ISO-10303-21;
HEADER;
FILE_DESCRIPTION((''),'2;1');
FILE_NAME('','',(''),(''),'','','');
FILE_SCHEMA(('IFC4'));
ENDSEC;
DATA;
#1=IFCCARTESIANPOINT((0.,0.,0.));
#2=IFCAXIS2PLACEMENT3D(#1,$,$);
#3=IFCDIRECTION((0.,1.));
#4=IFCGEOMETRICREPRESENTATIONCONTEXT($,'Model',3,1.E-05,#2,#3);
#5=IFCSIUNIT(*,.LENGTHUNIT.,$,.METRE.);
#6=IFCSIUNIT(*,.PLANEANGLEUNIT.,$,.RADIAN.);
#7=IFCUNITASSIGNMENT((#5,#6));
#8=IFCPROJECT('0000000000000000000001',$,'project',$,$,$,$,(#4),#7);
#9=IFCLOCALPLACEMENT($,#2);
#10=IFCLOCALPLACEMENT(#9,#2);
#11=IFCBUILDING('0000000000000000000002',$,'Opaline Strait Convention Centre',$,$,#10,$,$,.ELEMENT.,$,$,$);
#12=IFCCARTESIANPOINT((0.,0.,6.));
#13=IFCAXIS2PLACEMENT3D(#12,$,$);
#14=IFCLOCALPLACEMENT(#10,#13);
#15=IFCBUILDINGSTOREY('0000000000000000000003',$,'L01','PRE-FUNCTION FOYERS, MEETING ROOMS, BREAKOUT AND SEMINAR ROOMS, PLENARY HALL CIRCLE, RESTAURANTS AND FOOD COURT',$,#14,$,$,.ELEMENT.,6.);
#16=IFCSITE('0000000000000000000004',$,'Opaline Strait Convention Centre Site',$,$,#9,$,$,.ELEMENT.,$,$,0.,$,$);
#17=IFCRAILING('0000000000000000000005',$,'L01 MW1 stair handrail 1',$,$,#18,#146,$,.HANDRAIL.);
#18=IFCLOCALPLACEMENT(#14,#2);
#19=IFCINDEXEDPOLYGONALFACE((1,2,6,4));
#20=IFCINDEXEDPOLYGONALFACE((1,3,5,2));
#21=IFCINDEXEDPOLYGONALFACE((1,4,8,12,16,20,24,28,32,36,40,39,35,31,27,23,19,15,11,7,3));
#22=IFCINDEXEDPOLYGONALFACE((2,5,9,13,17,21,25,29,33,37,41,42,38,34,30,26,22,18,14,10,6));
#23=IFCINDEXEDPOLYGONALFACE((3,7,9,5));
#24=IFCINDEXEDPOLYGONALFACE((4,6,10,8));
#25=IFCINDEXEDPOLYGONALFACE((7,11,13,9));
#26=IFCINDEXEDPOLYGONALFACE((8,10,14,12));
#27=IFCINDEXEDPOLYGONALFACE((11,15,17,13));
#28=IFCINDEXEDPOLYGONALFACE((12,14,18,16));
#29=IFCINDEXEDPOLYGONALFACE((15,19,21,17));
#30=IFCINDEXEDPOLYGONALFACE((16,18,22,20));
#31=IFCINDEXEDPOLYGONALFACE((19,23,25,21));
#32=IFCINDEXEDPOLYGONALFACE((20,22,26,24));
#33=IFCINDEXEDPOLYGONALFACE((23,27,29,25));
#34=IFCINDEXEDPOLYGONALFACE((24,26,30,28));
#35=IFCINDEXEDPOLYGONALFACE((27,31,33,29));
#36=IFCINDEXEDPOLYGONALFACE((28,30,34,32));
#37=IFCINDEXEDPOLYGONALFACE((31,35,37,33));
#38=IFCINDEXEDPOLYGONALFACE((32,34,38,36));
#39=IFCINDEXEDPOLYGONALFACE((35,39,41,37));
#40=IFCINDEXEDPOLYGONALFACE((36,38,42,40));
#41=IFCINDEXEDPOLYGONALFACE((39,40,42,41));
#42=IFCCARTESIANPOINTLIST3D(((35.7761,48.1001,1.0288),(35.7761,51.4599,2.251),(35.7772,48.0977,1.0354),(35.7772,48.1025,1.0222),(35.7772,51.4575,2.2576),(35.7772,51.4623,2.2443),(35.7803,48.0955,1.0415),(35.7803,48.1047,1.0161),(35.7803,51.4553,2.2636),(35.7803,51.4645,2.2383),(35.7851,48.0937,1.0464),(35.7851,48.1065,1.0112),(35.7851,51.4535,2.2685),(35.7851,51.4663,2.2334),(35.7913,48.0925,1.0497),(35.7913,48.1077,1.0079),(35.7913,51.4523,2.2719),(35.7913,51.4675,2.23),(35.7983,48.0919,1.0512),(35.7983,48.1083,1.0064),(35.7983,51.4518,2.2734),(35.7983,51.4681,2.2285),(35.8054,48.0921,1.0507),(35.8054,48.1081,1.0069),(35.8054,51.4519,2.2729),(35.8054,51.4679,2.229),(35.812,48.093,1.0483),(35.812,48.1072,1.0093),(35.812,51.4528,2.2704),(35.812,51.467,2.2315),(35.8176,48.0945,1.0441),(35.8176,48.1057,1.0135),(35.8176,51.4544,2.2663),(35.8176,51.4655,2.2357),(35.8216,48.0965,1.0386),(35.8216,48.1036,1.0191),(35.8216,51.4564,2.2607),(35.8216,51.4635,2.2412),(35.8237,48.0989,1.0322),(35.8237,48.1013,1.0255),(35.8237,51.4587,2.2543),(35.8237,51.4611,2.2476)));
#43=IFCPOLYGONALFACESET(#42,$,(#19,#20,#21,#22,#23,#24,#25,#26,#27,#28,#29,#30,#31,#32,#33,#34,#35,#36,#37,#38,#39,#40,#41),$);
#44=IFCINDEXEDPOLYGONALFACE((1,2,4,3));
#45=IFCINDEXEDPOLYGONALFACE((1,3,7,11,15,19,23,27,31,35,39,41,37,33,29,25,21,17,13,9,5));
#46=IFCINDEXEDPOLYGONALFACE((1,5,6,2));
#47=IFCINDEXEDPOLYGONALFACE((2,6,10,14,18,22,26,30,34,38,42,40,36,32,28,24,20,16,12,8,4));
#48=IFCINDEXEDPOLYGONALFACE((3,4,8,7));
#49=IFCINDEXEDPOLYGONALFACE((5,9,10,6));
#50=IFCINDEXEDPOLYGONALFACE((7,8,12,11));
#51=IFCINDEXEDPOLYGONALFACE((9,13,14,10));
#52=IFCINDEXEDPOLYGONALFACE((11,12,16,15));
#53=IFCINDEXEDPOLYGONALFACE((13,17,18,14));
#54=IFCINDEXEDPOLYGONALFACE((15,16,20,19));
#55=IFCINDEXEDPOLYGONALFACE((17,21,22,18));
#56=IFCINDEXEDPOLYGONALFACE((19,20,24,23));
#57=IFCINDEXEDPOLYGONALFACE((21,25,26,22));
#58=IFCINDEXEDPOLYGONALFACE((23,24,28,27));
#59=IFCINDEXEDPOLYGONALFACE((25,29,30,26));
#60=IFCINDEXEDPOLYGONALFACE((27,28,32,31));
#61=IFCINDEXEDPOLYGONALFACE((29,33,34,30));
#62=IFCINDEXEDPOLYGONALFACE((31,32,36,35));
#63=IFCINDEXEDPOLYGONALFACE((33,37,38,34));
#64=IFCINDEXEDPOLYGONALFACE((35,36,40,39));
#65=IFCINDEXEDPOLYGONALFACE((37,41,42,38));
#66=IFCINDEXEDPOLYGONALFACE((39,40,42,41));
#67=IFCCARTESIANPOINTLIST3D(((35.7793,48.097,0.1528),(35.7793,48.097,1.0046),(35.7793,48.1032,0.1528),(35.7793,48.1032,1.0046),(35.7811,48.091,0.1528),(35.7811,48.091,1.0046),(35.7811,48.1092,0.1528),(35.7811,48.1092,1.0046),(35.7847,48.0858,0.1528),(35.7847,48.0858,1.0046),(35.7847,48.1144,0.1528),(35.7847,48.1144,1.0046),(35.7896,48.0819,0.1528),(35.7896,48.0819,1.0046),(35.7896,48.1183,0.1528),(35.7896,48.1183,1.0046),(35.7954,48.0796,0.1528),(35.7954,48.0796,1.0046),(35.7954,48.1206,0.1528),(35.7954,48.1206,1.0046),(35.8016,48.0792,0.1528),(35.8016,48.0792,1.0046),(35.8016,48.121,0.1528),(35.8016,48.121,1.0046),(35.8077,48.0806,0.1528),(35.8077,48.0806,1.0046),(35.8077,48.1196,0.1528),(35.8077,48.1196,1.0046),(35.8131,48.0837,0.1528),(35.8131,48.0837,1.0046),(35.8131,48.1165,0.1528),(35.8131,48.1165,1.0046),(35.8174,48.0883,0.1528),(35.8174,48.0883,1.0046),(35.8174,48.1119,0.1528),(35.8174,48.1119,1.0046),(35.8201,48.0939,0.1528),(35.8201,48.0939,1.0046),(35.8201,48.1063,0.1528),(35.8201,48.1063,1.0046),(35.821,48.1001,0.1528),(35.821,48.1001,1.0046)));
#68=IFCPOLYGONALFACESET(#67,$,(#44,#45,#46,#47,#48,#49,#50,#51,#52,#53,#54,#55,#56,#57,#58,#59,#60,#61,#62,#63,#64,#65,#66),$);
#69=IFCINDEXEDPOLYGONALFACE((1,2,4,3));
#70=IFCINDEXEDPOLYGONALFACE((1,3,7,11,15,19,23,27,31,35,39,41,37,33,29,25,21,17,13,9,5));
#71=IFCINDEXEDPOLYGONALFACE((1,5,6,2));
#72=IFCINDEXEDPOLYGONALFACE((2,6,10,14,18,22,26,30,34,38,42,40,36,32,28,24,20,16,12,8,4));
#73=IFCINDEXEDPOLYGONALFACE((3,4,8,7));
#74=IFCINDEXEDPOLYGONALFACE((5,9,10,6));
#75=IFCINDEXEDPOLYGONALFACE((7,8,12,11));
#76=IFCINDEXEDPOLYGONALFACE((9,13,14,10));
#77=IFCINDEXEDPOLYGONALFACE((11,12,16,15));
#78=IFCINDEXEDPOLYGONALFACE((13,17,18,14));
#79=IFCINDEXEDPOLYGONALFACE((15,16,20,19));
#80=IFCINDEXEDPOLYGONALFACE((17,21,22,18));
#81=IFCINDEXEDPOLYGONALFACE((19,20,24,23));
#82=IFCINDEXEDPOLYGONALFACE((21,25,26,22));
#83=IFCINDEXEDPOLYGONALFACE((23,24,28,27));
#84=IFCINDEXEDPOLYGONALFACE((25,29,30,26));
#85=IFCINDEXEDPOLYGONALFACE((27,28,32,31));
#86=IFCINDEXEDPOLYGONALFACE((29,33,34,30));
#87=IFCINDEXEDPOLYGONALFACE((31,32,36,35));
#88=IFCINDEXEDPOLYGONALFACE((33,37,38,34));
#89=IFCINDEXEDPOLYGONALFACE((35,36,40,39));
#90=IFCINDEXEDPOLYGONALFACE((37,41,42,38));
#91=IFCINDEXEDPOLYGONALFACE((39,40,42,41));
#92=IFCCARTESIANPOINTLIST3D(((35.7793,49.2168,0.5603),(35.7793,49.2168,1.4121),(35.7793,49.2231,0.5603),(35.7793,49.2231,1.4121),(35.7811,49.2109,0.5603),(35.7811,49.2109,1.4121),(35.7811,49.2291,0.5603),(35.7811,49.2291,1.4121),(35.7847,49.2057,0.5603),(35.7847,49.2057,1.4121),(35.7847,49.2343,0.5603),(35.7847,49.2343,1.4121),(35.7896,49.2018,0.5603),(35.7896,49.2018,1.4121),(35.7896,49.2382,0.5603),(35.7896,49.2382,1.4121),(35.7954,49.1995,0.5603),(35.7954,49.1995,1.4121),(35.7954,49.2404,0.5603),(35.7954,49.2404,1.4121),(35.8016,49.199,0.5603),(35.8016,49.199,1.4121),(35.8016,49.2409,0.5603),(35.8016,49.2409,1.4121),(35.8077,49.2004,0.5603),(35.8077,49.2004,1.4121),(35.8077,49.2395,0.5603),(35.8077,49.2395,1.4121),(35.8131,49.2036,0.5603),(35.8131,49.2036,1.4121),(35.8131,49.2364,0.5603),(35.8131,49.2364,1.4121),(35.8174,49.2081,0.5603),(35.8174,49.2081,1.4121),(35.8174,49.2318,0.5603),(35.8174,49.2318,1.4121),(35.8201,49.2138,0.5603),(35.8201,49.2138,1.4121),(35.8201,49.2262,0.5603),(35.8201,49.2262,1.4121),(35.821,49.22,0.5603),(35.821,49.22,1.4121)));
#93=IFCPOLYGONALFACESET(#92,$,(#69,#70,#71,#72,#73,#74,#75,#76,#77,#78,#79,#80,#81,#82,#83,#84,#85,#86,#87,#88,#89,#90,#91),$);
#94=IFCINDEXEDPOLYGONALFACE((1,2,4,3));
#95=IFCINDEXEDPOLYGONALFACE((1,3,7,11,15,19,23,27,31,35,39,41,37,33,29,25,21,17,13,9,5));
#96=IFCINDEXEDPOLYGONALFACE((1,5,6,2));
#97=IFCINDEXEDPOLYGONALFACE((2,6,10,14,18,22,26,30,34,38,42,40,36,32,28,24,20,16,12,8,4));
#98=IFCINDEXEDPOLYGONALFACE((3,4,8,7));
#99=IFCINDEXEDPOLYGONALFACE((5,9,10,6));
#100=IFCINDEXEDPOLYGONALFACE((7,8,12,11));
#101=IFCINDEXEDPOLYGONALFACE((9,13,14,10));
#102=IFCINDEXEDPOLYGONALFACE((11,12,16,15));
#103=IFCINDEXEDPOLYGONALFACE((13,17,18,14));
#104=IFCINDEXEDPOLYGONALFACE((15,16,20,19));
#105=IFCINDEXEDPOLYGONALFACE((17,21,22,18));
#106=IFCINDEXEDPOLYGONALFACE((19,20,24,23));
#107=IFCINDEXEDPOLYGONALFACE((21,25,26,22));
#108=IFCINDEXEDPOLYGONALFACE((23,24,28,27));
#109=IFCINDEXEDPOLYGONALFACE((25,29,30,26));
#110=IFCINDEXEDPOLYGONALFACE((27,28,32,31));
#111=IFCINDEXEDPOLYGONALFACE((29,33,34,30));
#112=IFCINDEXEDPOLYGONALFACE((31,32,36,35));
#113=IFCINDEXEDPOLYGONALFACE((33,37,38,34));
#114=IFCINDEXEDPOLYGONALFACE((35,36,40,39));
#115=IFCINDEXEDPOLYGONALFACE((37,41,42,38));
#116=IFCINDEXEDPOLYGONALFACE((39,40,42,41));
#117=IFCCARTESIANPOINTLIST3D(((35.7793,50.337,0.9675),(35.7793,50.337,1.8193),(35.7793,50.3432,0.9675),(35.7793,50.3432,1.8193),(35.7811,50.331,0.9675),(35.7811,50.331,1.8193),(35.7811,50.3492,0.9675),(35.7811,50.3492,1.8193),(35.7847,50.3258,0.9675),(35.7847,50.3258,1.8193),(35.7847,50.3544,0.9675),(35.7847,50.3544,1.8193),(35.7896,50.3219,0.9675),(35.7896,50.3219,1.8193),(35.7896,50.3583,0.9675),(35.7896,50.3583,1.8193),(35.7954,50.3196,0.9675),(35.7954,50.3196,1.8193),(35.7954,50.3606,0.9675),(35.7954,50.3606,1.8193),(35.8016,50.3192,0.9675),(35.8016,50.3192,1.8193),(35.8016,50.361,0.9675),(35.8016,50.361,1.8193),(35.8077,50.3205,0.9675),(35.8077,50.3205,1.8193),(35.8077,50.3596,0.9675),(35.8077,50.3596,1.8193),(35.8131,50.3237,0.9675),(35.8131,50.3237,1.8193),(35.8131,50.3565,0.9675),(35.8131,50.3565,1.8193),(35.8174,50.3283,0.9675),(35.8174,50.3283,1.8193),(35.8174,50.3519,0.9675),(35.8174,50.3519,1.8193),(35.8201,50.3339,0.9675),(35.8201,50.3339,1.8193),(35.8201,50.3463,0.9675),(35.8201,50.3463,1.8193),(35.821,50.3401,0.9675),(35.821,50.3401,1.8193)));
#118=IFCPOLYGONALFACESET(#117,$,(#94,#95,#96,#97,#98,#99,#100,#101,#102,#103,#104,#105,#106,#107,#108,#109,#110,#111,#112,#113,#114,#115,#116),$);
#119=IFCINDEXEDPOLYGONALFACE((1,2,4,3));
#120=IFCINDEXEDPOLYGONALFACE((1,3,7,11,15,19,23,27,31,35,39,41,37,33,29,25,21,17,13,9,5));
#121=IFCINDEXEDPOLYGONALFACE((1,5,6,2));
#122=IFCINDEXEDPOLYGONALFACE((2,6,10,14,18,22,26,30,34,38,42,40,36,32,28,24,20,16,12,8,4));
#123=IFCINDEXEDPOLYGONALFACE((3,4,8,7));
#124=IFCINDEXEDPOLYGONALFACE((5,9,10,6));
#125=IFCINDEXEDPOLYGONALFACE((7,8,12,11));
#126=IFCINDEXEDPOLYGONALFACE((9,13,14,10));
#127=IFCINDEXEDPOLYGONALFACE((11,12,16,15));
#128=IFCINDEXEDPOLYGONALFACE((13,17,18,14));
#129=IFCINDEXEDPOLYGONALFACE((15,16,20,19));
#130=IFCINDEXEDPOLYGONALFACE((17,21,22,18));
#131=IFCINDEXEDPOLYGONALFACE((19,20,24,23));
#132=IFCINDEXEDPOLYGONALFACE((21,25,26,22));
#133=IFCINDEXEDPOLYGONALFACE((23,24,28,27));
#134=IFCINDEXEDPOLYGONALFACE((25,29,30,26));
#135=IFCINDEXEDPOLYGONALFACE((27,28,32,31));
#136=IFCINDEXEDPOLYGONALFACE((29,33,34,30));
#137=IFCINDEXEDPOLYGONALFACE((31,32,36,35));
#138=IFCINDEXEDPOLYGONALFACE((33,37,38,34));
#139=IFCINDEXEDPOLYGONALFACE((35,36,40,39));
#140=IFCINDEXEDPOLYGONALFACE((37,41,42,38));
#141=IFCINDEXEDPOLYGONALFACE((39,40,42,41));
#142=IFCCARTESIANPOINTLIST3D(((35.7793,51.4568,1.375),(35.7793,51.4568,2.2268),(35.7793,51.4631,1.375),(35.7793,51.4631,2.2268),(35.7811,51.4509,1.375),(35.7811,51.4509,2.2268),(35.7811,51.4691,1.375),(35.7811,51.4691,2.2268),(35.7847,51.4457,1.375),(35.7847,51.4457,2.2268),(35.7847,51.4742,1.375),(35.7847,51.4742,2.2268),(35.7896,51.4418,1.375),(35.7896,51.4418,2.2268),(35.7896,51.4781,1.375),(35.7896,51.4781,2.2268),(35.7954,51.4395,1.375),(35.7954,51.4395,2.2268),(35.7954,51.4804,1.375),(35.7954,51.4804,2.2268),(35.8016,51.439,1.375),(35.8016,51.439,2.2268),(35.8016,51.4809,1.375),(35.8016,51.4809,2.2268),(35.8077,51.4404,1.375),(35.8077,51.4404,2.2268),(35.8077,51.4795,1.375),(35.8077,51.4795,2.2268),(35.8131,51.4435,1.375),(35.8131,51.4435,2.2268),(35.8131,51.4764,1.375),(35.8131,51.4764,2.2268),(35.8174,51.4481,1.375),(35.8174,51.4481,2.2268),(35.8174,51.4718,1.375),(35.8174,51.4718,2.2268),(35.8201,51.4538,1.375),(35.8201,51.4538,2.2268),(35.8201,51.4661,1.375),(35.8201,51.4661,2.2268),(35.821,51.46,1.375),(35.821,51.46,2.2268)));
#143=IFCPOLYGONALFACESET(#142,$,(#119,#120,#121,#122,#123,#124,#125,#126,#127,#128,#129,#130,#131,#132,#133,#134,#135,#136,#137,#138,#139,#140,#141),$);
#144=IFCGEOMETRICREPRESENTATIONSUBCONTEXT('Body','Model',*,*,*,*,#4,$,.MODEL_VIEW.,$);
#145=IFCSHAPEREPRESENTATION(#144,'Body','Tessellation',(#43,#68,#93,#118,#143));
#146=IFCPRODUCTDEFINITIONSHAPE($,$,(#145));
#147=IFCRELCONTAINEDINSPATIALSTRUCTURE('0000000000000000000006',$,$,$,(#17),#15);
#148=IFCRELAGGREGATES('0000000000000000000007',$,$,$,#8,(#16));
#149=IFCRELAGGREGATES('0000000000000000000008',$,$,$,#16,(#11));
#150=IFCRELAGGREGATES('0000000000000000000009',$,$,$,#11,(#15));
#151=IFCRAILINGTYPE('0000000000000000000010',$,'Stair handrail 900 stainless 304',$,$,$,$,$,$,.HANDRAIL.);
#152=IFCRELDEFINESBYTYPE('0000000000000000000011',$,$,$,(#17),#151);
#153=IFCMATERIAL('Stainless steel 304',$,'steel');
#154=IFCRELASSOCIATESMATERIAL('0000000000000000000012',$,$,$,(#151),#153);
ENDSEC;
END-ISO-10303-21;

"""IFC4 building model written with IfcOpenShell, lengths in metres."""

from ifc_helpers import new_model, si_unit, direction, frame, origin, origin_2d, place, context, subcontext, project, spatial, circle, extrude, material, type_object, element, save


model = new_model("IFC4")

# Units and contexts
model_context = context("Model", 3, precision=1e-05, world=origin(), true_north=direction((0.0, 1.0)))
body_context = subcontext(model_context, "Body", "Model", "MODEL_VIEW")
ifc_project = project(units=[si_unit("LENGTHUNIT", "METRE"), si_unit("PLANEANGLEUNIT", "RADIAN")], contexts=[model_context])

# Site, building, storey
site_placement = place(None, origin())
site = spatial("IfcSite", under=ifc_project, at=site_placement, Name="Opaline Strait Convention Centre Site", CompositionType="ELEMENT", RefElevation=0.0)
building_placement = place(site_placement, origin())
building = spatial("IfcBuilding", under=site, at=building_placement, Name="Opaline Strait Convention Centre", CompositionType="ELEMENT")
storey_placement = place(building_placement, frame((0.0, 0.0, 6.0)))
storey = spatial("IfcBuildingStorey", under=building, at=storey_placement, Name="L01", Description="PRE-FUNCTION FOYERS, MEETING ROOMS, BREAKOUT AND SEMINAR ROOMS, PLENARY HALL CIRCLE, RESTAURANTS AND FOOD COURT", CompositionType="ELEMENT", Elevation=6.0)

# Railing
ifc_material_1 = material(Name="Stainless steel 304", Category="steel")
railing_type_1 = type_object("IfcRailingType", Name="Stair handrail 900 stainless 304", PredefinedType="HANDRAIL", material=ifc_material_1)
for number, where, name in (
    (1, (35.8, 48.1001, 0.1528), "L01 MW1 stair handrail 1"),
):
    element("IfcRailing", number, at=place(storey_placement, frame(where)), inside=storey, type_object=railing_type_1, Name=name, PredefinedType="HANDRAIL", context=body_context, shape_type="SweptSolid", body=[
        extrude(circle(Radius=0.0239, at=origin_2d()), frame((0.0, 0.0, 0.876), z_axis=(0.0, 0.939758, 0.341842), x_axis=(-1.0, 0.0, 0.0)), (0.0, 0.0, 1.0), 3.5752),
        extrude(circle(Radius=0.021, at=origin_2d()), origin(), (0.0, 0.0, 1.0), 0.8518),
        extrude(circle(Radius=0.021, at=origin_2d()), frame((0.0, 1.1199, 0.4075)), (0.0, 0.0, 1.0), 0.8518),
        extrude(circle(Radius=0.021, at=origin_2d()), frame((0.0, 2.24, 0.8147)), (0.0, 0.0, 1.0), 0.8518),
        extrude(circle(Radius=0.021, at=origin_2d()), frame((0.0, 3.3599, 1.2222)), (0.0, 0.0, 1.0), 0.8518),
    ])

save(model, "model.ifc")
